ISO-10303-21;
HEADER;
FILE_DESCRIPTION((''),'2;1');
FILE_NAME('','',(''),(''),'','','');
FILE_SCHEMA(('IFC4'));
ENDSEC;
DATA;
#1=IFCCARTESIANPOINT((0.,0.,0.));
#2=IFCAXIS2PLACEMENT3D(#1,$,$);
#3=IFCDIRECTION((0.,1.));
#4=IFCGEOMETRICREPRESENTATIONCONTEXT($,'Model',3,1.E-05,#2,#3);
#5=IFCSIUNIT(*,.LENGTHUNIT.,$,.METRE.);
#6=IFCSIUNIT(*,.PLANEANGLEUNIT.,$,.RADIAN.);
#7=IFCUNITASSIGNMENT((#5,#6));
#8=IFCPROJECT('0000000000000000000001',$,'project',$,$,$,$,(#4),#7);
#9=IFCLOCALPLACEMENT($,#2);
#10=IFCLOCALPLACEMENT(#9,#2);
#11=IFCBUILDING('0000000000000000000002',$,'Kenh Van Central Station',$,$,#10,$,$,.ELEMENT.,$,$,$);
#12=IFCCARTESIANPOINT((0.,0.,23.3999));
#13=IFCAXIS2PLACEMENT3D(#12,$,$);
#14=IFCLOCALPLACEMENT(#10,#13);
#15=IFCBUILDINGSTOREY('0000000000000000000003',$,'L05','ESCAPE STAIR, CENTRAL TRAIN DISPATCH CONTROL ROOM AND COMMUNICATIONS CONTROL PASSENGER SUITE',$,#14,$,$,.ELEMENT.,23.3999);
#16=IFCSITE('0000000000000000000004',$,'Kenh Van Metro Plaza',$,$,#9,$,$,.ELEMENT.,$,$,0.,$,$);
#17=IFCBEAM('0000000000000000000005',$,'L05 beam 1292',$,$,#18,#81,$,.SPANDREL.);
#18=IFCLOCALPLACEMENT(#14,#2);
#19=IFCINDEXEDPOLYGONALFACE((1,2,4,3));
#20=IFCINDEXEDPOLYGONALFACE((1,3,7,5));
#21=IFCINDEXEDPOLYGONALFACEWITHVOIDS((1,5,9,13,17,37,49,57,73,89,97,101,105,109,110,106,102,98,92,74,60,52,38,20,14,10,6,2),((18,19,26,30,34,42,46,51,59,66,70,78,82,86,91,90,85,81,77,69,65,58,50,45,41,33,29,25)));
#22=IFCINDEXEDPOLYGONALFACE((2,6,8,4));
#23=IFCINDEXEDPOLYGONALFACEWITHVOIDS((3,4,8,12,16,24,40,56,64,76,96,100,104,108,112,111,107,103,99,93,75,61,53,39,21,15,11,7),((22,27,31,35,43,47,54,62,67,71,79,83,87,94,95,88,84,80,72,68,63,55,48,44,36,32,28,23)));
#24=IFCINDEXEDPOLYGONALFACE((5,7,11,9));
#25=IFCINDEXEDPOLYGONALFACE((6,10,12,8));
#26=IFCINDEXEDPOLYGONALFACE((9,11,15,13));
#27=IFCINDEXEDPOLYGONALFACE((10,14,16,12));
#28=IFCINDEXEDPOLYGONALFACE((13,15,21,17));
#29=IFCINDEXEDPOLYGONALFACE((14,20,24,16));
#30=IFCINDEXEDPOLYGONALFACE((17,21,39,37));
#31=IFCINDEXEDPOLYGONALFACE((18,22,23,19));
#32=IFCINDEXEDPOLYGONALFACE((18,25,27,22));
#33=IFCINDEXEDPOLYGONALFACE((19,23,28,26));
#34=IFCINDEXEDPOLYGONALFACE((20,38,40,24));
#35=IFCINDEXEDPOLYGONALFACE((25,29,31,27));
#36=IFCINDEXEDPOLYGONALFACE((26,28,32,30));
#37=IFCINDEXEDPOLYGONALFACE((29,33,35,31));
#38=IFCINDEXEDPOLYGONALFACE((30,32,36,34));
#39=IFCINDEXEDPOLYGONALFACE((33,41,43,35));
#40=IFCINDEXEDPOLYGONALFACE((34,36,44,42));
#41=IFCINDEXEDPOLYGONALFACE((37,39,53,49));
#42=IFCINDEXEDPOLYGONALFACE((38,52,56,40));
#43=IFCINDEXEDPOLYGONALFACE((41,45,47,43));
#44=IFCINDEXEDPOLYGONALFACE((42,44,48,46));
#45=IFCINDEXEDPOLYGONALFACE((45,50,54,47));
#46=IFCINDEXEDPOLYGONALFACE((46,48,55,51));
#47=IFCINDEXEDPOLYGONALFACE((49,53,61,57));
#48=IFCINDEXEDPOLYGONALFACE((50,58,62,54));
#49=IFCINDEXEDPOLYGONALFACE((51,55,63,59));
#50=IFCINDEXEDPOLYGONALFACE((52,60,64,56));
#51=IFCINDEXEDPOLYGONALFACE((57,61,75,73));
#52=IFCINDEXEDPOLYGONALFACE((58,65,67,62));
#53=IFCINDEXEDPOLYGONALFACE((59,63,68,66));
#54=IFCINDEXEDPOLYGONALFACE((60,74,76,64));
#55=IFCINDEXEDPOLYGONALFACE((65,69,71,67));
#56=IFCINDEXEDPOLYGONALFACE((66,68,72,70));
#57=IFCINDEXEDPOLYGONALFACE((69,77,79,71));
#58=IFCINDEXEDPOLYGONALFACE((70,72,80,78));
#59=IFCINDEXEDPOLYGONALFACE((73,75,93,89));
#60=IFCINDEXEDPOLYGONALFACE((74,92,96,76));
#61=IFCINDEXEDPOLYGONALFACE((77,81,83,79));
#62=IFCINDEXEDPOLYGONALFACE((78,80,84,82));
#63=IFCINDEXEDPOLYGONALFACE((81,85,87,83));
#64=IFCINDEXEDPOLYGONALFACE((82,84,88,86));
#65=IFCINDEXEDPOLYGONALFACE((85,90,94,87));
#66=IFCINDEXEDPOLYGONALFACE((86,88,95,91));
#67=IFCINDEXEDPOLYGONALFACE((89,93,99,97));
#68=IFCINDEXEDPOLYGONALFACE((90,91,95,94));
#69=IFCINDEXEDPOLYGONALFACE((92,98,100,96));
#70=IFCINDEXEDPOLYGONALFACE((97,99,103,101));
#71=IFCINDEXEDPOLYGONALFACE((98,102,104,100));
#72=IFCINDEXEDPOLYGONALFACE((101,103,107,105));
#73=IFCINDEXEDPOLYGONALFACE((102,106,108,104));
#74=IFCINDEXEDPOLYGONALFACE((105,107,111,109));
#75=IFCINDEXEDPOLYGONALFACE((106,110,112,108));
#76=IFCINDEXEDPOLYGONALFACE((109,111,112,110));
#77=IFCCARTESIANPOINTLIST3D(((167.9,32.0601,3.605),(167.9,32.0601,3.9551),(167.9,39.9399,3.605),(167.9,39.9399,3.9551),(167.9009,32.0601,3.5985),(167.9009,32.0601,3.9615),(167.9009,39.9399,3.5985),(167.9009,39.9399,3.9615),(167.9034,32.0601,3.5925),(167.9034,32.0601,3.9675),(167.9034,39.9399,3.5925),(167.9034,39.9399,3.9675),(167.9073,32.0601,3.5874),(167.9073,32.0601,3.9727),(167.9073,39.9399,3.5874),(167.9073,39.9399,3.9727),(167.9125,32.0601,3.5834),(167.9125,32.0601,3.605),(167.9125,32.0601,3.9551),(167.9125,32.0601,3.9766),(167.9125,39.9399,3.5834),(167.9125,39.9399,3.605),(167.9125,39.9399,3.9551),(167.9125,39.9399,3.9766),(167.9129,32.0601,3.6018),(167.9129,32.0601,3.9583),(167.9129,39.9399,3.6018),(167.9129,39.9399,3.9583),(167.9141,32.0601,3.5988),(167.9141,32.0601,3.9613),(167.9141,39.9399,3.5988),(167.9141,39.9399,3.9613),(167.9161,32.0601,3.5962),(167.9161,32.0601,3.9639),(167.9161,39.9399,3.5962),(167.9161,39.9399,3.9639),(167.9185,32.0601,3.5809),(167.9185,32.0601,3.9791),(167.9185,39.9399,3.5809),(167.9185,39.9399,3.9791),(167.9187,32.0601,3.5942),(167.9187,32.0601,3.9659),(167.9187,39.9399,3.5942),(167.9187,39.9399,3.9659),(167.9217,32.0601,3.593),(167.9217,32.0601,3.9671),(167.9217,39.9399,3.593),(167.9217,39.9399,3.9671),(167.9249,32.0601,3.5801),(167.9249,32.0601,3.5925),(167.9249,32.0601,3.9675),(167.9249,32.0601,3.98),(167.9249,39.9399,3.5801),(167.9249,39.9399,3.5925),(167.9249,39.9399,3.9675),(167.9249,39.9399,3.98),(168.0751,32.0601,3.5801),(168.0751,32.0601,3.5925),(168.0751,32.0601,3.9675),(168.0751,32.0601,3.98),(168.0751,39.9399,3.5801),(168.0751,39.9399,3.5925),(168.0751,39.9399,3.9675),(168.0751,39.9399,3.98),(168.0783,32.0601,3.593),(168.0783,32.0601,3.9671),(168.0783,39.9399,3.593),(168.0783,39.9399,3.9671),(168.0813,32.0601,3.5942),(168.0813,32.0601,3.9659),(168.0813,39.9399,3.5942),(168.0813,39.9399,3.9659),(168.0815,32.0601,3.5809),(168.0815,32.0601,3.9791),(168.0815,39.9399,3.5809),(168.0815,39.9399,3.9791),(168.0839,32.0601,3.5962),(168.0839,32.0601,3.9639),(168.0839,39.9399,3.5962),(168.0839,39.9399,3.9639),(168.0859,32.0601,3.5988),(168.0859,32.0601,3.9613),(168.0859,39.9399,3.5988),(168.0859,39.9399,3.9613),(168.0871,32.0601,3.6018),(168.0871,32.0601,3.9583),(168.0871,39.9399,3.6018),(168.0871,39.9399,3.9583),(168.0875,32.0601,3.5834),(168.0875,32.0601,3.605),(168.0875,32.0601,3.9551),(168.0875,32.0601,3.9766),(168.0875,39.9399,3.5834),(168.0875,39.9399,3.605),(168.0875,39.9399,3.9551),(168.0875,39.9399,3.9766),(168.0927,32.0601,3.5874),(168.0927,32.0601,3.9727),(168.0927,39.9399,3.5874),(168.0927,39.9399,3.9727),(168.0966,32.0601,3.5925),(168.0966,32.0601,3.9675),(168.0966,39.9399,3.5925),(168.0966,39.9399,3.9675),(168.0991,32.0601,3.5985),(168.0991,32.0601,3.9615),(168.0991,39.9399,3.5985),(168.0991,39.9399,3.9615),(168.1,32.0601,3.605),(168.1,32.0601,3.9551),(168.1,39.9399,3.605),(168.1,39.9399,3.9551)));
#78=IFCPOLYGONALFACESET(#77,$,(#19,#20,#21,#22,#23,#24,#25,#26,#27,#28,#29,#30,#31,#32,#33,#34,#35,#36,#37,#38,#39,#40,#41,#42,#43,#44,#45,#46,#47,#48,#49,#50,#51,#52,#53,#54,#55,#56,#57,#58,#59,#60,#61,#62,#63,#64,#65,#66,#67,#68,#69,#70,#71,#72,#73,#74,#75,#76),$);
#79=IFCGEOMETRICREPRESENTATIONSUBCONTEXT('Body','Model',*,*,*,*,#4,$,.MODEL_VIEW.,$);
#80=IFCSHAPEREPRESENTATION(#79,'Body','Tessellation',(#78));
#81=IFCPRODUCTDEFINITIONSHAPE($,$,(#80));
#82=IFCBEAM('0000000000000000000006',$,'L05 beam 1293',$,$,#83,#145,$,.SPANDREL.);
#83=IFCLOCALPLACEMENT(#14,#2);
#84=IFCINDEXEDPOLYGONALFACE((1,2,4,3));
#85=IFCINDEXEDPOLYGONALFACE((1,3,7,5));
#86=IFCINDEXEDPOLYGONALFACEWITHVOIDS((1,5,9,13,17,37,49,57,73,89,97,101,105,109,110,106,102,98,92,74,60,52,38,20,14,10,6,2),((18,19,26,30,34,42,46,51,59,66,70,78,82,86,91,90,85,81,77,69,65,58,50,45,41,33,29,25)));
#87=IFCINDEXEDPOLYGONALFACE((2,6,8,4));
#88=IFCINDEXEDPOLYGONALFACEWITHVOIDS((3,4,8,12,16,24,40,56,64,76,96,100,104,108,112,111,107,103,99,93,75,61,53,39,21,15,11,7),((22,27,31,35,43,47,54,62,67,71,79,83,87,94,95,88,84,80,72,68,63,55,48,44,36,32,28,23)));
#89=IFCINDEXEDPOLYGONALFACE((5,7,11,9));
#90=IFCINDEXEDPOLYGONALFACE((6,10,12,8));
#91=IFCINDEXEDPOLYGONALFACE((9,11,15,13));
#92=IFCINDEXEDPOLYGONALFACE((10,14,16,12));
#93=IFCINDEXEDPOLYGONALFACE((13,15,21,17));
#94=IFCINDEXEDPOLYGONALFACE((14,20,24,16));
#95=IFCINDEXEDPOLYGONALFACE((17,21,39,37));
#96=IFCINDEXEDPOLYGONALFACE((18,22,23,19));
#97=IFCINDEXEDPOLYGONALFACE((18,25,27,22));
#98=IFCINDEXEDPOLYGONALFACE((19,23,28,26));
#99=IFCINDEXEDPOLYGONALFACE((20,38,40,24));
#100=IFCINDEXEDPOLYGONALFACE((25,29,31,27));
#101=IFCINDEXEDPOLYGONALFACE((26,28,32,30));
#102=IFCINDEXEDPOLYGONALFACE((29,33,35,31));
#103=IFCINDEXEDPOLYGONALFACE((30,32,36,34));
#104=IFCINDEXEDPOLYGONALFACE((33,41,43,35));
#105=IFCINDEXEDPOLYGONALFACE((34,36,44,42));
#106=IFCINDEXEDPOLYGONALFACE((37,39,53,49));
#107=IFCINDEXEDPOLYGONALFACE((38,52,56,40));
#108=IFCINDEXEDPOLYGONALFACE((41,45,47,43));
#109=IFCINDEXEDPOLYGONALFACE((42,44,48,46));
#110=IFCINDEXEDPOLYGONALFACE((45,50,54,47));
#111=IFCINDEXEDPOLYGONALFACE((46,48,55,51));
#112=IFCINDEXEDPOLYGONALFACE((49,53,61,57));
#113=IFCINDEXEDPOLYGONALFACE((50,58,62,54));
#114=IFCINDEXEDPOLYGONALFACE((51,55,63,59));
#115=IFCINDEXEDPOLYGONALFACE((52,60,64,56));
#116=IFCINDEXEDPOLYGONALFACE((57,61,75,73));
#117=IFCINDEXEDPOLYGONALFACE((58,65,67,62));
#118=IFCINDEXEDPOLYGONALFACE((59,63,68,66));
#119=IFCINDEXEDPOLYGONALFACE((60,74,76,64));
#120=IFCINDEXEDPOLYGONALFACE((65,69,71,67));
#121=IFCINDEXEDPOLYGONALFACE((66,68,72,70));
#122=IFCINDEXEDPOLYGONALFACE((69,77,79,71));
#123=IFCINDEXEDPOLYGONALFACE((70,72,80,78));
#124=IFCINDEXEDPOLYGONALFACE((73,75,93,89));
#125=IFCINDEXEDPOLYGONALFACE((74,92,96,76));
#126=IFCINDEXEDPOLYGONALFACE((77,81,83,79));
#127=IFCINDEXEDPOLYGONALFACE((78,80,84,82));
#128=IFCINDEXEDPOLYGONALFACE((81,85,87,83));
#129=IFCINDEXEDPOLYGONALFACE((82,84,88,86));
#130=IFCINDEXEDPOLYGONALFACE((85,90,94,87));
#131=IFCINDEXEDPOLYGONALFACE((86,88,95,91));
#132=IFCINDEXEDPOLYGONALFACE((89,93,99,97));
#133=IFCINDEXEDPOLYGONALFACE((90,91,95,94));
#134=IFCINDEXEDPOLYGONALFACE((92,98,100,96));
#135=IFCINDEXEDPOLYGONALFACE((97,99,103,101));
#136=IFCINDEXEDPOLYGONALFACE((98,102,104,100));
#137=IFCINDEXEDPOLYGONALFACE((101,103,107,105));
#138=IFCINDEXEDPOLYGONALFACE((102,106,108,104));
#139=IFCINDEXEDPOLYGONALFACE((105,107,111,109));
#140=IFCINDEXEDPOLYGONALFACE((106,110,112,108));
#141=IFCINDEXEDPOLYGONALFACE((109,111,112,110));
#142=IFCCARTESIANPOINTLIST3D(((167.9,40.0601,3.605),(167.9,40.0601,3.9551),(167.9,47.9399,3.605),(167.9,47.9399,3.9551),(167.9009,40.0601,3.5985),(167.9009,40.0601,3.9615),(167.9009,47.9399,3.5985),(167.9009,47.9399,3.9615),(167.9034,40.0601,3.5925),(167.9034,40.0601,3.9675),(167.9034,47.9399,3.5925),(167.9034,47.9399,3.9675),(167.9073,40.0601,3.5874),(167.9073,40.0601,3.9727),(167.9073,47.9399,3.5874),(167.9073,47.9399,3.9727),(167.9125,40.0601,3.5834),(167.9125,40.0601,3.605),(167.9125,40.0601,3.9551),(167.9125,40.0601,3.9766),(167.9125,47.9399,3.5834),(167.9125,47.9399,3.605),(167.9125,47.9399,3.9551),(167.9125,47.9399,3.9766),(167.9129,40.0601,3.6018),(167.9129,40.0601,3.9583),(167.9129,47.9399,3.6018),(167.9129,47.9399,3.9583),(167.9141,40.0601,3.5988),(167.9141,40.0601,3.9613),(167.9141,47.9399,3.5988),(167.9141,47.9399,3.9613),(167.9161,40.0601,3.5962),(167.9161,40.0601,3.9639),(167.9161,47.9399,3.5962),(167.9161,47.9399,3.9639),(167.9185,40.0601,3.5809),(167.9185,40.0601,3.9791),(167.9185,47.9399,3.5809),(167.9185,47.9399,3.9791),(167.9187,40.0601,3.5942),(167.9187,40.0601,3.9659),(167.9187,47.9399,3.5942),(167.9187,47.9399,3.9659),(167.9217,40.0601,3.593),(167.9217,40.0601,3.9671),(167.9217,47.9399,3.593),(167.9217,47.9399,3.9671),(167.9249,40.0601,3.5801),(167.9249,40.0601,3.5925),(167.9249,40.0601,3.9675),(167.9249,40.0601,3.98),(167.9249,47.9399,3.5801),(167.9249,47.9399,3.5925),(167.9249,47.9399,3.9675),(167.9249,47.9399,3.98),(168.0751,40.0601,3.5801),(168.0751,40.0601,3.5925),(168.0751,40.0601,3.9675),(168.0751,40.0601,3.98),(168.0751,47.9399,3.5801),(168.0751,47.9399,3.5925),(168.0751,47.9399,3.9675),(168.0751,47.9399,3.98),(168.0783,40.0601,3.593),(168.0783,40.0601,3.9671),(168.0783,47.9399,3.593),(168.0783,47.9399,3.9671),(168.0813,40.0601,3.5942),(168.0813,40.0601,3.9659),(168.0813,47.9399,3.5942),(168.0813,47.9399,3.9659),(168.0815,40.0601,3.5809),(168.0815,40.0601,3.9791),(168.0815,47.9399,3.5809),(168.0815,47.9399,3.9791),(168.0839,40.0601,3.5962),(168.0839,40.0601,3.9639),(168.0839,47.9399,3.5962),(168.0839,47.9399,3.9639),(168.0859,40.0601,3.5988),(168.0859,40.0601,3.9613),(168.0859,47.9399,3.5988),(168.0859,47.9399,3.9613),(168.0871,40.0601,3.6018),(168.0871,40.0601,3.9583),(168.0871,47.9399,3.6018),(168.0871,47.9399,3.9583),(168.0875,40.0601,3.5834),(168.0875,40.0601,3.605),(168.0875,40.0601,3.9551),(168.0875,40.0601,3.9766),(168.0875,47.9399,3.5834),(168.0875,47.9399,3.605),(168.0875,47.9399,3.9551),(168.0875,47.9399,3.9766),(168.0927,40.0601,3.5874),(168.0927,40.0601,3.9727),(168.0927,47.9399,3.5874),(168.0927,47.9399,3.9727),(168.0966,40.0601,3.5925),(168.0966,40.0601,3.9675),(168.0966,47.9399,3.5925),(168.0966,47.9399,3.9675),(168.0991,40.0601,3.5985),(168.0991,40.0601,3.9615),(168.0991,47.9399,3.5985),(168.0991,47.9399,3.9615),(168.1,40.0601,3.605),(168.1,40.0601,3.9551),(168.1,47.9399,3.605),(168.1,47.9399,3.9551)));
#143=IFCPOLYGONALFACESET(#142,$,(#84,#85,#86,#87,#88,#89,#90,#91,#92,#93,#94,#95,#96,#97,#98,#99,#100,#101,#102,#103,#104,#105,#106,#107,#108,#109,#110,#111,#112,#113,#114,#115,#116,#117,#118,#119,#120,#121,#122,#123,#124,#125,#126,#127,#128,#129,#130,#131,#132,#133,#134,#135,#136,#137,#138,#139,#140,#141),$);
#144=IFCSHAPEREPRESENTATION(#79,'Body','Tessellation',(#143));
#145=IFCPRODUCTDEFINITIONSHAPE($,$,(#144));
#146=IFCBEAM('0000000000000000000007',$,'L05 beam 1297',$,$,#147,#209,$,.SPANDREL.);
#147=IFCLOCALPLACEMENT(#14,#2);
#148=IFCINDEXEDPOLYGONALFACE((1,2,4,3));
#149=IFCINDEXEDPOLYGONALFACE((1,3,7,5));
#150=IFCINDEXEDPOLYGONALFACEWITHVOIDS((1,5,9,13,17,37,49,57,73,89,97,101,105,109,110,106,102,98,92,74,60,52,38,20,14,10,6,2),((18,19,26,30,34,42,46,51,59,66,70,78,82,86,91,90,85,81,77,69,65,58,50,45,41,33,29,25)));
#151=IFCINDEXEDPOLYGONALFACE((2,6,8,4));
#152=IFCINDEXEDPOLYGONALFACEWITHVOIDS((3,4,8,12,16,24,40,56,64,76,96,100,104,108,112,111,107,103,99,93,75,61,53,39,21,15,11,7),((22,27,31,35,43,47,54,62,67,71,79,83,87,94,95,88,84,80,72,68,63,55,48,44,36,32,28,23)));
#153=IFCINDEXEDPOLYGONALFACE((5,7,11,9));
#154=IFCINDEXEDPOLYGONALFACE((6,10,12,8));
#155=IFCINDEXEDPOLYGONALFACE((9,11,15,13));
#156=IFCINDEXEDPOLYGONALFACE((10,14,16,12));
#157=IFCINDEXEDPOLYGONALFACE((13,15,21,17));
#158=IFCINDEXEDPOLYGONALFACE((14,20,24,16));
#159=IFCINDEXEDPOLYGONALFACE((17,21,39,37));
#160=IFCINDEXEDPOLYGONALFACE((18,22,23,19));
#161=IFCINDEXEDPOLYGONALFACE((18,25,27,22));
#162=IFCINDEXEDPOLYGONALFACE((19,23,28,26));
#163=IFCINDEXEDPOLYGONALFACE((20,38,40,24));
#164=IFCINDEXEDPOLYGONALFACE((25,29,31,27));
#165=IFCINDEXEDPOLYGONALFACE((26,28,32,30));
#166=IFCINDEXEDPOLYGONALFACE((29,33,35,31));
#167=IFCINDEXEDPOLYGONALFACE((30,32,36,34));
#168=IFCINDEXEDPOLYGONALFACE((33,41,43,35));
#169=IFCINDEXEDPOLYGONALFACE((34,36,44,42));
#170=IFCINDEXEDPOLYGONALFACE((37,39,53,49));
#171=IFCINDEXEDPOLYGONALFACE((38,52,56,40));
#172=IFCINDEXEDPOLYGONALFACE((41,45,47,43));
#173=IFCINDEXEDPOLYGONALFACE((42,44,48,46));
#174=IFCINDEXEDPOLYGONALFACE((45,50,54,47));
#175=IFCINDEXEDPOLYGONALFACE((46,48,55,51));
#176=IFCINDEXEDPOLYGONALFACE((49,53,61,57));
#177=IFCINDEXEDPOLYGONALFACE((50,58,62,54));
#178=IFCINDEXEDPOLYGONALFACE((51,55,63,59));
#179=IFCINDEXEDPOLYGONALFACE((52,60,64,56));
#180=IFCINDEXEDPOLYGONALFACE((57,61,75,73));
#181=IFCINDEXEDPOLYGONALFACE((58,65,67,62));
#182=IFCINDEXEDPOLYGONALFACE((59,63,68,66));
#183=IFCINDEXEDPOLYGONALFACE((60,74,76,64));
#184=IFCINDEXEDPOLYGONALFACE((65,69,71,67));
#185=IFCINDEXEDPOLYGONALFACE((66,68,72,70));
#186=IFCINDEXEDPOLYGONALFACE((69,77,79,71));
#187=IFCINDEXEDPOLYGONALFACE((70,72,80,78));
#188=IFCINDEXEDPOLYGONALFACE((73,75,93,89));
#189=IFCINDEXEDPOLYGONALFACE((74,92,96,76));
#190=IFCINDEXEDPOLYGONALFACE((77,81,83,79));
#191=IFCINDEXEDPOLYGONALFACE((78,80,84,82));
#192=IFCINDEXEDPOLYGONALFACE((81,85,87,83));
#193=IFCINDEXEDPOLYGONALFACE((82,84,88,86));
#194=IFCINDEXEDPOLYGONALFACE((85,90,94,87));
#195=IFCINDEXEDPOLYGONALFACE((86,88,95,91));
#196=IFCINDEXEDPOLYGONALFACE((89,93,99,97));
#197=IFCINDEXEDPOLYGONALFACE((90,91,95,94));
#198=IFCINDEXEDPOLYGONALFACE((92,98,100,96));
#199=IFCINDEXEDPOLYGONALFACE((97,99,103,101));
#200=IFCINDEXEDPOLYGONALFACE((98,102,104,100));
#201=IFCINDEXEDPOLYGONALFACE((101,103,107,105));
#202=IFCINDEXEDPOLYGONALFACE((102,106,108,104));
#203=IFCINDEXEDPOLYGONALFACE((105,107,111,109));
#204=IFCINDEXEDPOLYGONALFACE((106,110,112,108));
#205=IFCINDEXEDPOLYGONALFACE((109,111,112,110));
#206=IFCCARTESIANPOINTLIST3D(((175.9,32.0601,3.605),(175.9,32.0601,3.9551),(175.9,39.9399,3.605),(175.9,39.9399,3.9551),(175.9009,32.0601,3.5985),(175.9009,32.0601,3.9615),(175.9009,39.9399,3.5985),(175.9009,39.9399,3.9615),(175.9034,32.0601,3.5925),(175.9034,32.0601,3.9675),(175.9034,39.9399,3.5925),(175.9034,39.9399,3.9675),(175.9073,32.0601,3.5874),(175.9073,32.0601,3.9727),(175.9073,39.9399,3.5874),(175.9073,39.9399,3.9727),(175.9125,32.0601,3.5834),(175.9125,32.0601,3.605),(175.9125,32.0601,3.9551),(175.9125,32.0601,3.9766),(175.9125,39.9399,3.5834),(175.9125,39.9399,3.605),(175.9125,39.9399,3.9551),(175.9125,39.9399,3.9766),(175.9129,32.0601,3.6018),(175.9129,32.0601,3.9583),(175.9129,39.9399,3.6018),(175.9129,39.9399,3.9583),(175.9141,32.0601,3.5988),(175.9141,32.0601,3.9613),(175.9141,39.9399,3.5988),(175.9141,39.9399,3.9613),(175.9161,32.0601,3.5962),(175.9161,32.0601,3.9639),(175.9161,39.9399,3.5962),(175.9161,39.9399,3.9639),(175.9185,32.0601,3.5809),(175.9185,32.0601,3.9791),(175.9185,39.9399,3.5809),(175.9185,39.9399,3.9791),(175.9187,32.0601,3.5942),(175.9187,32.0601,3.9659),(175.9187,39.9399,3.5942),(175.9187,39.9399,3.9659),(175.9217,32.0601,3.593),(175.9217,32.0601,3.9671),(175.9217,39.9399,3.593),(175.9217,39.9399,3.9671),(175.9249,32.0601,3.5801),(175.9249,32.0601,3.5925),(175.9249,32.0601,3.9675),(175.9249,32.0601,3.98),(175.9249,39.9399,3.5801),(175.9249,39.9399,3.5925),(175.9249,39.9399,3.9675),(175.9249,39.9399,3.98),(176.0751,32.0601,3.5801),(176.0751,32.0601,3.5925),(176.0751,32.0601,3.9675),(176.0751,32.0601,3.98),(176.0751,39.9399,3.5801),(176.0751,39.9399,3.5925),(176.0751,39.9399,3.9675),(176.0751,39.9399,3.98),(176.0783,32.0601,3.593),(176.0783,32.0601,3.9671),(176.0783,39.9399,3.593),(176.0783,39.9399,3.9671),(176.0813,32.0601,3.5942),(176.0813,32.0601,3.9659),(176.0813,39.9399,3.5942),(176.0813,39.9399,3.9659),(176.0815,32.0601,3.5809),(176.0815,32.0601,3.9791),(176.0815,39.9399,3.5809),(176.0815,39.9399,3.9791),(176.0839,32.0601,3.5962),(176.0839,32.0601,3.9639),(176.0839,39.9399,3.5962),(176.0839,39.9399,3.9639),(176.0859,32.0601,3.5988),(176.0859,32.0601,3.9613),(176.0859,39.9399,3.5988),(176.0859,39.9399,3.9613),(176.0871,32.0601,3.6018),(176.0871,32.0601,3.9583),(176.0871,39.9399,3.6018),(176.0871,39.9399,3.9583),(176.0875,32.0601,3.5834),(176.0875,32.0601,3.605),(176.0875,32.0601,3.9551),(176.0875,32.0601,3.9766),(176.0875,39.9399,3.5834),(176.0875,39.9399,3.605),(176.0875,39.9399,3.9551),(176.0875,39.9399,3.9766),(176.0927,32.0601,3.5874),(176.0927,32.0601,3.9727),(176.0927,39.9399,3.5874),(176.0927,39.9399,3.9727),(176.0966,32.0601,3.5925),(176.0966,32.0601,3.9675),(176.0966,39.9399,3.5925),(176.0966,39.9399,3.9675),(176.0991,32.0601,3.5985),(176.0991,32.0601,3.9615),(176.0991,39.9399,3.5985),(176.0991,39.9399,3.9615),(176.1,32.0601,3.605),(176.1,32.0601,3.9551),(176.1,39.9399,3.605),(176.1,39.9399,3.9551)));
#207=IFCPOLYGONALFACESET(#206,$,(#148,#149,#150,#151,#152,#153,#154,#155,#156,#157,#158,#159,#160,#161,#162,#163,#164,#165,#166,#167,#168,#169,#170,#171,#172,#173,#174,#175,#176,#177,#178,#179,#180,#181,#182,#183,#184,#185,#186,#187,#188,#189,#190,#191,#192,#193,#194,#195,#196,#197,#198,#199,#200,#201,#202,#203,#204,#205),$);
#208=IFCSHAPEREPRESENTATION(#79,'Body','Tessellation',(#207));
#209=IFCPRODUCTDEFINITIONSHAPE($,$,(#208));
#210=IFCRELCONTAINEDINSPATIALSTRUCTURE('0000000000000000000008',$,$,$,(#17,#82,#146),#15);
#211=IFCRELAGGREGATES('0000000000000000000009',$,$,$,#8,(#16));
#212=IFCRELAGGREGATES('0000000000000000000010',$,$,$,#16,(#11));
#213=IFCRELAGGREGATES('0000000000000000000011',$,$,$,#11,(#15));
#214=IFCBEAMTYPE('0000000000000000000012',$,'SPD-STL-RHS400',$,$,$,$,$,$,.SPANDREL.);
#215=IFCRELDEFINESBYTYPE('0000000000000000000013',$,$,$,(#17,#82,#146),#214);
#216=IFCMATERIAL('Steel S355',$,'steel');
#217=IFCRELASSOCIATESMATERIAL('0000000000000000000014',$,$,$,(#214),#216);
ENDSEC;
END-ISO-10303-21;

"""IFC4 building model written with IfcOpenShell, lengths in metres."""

from ifc_helpers import new_model, si_unit, direction, frame, origin, origin_2d, place, context, subcontext, project, spatial, hollow_rectangle, extrude, material, material_profile, profile_set, type_object, element, save


model = new_model("IFC4")

# Units and contexts
model_context = context("Model", 3, precision=1e-05, world=origin(), true_north=direction((0.0, 1.0)))
body_context = subcontext(model_context, "Body", "Model", "MODEL_VIEW")
ifc_project = project(units=[si_unit("LENGTHUNIT", "METRE"), si_unit("PLANEANGLEUNIT", "RADIAN")], contexts=[model_context])

# Site, building, storey
site_placement = place(None, origin())
site = spatial("IfcSite", under=ifc_project, at=site_placement, Name="Kenh Van Metro Plaza", CompositionType="ELEMENT", RefElevation=0.0)
building_placement = place(site_placement, origin())
building = spatial("IfcBuilding", under=site, at=building_placement, Name="Kenh Van Central Station", CompositionType="ELEMENT")
storey_placement = place(building_placement, frame((0.0, 0.0, 23.3999)))
storey = spatial("IfcBuildingStorey", under=building, at=storey_placement, Name="L05", Description="ESCAPE STAIR, CENTRAL TRAIN DISPATCH CONTROL ROOM AND COMMUNICATIONS CONTROL PASSENGER SUITE", CompositionType="ELEMENT", Elevation=23.3999)

# Beams
ifc_material_1 = material(Name="Steel S355", Category="steel")
ifc_material_profile_1 = material_profile(ifc_material_1, hollow_rectangle(XDim=0.2, YDim=0.3999, WallThickness=0.0125, InnerFilletRadius=0.0125, OuterFilletRadius=0.0249, at=origin_2d()), Name="RHS 400x200x12.5")
ifc_profile_set_1 = profile_set([ifc_material_profile_1], Name="Steel S355")
beam_type = type_object("IfcBeamType", Name="SPD-STL-RHS400", PredefinedType="SPANDREL", material=ifc_profile_set_1)
for number, where, z_axis, x_axis, name in (
    (1, (168.0, 32.0601, 3.78), (0.0, 1.0, 0.0), (-1.0, 0.0, 0.0), "L05 beam 1292"),
    (2, (168.0, 40.0601, 3.78), (0.0, 1.0, 0.0), (-1.0, 0.0, 0.0), "L05 beam 1293"),
    (3, (176.0, 32.0601, 3.78), (0.0, 1.0, 0.0), (-1.0, 0.0, 0.0), "L05 beam 1297"),
):
    element("IfcBeam", number, at=place(storey_placement, frame(where, z_axis=z_axis, x_axis=x_axis)), inside=storey, type_object=beam_type, Name=name, PredefinedType="SPANDREL", context=body_context, shape_type="SweptSolid", body=[
        extrude(hollow_rectangle(XDim=0.2, YDim=0.3999, WallThickness=0.0125, InnerFilletRadius=0.0125, OuterFilletRadius=0.0249, at=origin_2d()), origin(), (0.0, 0.0, 1.0), 7.8799),
    ])

save(model, "model.ifc")
